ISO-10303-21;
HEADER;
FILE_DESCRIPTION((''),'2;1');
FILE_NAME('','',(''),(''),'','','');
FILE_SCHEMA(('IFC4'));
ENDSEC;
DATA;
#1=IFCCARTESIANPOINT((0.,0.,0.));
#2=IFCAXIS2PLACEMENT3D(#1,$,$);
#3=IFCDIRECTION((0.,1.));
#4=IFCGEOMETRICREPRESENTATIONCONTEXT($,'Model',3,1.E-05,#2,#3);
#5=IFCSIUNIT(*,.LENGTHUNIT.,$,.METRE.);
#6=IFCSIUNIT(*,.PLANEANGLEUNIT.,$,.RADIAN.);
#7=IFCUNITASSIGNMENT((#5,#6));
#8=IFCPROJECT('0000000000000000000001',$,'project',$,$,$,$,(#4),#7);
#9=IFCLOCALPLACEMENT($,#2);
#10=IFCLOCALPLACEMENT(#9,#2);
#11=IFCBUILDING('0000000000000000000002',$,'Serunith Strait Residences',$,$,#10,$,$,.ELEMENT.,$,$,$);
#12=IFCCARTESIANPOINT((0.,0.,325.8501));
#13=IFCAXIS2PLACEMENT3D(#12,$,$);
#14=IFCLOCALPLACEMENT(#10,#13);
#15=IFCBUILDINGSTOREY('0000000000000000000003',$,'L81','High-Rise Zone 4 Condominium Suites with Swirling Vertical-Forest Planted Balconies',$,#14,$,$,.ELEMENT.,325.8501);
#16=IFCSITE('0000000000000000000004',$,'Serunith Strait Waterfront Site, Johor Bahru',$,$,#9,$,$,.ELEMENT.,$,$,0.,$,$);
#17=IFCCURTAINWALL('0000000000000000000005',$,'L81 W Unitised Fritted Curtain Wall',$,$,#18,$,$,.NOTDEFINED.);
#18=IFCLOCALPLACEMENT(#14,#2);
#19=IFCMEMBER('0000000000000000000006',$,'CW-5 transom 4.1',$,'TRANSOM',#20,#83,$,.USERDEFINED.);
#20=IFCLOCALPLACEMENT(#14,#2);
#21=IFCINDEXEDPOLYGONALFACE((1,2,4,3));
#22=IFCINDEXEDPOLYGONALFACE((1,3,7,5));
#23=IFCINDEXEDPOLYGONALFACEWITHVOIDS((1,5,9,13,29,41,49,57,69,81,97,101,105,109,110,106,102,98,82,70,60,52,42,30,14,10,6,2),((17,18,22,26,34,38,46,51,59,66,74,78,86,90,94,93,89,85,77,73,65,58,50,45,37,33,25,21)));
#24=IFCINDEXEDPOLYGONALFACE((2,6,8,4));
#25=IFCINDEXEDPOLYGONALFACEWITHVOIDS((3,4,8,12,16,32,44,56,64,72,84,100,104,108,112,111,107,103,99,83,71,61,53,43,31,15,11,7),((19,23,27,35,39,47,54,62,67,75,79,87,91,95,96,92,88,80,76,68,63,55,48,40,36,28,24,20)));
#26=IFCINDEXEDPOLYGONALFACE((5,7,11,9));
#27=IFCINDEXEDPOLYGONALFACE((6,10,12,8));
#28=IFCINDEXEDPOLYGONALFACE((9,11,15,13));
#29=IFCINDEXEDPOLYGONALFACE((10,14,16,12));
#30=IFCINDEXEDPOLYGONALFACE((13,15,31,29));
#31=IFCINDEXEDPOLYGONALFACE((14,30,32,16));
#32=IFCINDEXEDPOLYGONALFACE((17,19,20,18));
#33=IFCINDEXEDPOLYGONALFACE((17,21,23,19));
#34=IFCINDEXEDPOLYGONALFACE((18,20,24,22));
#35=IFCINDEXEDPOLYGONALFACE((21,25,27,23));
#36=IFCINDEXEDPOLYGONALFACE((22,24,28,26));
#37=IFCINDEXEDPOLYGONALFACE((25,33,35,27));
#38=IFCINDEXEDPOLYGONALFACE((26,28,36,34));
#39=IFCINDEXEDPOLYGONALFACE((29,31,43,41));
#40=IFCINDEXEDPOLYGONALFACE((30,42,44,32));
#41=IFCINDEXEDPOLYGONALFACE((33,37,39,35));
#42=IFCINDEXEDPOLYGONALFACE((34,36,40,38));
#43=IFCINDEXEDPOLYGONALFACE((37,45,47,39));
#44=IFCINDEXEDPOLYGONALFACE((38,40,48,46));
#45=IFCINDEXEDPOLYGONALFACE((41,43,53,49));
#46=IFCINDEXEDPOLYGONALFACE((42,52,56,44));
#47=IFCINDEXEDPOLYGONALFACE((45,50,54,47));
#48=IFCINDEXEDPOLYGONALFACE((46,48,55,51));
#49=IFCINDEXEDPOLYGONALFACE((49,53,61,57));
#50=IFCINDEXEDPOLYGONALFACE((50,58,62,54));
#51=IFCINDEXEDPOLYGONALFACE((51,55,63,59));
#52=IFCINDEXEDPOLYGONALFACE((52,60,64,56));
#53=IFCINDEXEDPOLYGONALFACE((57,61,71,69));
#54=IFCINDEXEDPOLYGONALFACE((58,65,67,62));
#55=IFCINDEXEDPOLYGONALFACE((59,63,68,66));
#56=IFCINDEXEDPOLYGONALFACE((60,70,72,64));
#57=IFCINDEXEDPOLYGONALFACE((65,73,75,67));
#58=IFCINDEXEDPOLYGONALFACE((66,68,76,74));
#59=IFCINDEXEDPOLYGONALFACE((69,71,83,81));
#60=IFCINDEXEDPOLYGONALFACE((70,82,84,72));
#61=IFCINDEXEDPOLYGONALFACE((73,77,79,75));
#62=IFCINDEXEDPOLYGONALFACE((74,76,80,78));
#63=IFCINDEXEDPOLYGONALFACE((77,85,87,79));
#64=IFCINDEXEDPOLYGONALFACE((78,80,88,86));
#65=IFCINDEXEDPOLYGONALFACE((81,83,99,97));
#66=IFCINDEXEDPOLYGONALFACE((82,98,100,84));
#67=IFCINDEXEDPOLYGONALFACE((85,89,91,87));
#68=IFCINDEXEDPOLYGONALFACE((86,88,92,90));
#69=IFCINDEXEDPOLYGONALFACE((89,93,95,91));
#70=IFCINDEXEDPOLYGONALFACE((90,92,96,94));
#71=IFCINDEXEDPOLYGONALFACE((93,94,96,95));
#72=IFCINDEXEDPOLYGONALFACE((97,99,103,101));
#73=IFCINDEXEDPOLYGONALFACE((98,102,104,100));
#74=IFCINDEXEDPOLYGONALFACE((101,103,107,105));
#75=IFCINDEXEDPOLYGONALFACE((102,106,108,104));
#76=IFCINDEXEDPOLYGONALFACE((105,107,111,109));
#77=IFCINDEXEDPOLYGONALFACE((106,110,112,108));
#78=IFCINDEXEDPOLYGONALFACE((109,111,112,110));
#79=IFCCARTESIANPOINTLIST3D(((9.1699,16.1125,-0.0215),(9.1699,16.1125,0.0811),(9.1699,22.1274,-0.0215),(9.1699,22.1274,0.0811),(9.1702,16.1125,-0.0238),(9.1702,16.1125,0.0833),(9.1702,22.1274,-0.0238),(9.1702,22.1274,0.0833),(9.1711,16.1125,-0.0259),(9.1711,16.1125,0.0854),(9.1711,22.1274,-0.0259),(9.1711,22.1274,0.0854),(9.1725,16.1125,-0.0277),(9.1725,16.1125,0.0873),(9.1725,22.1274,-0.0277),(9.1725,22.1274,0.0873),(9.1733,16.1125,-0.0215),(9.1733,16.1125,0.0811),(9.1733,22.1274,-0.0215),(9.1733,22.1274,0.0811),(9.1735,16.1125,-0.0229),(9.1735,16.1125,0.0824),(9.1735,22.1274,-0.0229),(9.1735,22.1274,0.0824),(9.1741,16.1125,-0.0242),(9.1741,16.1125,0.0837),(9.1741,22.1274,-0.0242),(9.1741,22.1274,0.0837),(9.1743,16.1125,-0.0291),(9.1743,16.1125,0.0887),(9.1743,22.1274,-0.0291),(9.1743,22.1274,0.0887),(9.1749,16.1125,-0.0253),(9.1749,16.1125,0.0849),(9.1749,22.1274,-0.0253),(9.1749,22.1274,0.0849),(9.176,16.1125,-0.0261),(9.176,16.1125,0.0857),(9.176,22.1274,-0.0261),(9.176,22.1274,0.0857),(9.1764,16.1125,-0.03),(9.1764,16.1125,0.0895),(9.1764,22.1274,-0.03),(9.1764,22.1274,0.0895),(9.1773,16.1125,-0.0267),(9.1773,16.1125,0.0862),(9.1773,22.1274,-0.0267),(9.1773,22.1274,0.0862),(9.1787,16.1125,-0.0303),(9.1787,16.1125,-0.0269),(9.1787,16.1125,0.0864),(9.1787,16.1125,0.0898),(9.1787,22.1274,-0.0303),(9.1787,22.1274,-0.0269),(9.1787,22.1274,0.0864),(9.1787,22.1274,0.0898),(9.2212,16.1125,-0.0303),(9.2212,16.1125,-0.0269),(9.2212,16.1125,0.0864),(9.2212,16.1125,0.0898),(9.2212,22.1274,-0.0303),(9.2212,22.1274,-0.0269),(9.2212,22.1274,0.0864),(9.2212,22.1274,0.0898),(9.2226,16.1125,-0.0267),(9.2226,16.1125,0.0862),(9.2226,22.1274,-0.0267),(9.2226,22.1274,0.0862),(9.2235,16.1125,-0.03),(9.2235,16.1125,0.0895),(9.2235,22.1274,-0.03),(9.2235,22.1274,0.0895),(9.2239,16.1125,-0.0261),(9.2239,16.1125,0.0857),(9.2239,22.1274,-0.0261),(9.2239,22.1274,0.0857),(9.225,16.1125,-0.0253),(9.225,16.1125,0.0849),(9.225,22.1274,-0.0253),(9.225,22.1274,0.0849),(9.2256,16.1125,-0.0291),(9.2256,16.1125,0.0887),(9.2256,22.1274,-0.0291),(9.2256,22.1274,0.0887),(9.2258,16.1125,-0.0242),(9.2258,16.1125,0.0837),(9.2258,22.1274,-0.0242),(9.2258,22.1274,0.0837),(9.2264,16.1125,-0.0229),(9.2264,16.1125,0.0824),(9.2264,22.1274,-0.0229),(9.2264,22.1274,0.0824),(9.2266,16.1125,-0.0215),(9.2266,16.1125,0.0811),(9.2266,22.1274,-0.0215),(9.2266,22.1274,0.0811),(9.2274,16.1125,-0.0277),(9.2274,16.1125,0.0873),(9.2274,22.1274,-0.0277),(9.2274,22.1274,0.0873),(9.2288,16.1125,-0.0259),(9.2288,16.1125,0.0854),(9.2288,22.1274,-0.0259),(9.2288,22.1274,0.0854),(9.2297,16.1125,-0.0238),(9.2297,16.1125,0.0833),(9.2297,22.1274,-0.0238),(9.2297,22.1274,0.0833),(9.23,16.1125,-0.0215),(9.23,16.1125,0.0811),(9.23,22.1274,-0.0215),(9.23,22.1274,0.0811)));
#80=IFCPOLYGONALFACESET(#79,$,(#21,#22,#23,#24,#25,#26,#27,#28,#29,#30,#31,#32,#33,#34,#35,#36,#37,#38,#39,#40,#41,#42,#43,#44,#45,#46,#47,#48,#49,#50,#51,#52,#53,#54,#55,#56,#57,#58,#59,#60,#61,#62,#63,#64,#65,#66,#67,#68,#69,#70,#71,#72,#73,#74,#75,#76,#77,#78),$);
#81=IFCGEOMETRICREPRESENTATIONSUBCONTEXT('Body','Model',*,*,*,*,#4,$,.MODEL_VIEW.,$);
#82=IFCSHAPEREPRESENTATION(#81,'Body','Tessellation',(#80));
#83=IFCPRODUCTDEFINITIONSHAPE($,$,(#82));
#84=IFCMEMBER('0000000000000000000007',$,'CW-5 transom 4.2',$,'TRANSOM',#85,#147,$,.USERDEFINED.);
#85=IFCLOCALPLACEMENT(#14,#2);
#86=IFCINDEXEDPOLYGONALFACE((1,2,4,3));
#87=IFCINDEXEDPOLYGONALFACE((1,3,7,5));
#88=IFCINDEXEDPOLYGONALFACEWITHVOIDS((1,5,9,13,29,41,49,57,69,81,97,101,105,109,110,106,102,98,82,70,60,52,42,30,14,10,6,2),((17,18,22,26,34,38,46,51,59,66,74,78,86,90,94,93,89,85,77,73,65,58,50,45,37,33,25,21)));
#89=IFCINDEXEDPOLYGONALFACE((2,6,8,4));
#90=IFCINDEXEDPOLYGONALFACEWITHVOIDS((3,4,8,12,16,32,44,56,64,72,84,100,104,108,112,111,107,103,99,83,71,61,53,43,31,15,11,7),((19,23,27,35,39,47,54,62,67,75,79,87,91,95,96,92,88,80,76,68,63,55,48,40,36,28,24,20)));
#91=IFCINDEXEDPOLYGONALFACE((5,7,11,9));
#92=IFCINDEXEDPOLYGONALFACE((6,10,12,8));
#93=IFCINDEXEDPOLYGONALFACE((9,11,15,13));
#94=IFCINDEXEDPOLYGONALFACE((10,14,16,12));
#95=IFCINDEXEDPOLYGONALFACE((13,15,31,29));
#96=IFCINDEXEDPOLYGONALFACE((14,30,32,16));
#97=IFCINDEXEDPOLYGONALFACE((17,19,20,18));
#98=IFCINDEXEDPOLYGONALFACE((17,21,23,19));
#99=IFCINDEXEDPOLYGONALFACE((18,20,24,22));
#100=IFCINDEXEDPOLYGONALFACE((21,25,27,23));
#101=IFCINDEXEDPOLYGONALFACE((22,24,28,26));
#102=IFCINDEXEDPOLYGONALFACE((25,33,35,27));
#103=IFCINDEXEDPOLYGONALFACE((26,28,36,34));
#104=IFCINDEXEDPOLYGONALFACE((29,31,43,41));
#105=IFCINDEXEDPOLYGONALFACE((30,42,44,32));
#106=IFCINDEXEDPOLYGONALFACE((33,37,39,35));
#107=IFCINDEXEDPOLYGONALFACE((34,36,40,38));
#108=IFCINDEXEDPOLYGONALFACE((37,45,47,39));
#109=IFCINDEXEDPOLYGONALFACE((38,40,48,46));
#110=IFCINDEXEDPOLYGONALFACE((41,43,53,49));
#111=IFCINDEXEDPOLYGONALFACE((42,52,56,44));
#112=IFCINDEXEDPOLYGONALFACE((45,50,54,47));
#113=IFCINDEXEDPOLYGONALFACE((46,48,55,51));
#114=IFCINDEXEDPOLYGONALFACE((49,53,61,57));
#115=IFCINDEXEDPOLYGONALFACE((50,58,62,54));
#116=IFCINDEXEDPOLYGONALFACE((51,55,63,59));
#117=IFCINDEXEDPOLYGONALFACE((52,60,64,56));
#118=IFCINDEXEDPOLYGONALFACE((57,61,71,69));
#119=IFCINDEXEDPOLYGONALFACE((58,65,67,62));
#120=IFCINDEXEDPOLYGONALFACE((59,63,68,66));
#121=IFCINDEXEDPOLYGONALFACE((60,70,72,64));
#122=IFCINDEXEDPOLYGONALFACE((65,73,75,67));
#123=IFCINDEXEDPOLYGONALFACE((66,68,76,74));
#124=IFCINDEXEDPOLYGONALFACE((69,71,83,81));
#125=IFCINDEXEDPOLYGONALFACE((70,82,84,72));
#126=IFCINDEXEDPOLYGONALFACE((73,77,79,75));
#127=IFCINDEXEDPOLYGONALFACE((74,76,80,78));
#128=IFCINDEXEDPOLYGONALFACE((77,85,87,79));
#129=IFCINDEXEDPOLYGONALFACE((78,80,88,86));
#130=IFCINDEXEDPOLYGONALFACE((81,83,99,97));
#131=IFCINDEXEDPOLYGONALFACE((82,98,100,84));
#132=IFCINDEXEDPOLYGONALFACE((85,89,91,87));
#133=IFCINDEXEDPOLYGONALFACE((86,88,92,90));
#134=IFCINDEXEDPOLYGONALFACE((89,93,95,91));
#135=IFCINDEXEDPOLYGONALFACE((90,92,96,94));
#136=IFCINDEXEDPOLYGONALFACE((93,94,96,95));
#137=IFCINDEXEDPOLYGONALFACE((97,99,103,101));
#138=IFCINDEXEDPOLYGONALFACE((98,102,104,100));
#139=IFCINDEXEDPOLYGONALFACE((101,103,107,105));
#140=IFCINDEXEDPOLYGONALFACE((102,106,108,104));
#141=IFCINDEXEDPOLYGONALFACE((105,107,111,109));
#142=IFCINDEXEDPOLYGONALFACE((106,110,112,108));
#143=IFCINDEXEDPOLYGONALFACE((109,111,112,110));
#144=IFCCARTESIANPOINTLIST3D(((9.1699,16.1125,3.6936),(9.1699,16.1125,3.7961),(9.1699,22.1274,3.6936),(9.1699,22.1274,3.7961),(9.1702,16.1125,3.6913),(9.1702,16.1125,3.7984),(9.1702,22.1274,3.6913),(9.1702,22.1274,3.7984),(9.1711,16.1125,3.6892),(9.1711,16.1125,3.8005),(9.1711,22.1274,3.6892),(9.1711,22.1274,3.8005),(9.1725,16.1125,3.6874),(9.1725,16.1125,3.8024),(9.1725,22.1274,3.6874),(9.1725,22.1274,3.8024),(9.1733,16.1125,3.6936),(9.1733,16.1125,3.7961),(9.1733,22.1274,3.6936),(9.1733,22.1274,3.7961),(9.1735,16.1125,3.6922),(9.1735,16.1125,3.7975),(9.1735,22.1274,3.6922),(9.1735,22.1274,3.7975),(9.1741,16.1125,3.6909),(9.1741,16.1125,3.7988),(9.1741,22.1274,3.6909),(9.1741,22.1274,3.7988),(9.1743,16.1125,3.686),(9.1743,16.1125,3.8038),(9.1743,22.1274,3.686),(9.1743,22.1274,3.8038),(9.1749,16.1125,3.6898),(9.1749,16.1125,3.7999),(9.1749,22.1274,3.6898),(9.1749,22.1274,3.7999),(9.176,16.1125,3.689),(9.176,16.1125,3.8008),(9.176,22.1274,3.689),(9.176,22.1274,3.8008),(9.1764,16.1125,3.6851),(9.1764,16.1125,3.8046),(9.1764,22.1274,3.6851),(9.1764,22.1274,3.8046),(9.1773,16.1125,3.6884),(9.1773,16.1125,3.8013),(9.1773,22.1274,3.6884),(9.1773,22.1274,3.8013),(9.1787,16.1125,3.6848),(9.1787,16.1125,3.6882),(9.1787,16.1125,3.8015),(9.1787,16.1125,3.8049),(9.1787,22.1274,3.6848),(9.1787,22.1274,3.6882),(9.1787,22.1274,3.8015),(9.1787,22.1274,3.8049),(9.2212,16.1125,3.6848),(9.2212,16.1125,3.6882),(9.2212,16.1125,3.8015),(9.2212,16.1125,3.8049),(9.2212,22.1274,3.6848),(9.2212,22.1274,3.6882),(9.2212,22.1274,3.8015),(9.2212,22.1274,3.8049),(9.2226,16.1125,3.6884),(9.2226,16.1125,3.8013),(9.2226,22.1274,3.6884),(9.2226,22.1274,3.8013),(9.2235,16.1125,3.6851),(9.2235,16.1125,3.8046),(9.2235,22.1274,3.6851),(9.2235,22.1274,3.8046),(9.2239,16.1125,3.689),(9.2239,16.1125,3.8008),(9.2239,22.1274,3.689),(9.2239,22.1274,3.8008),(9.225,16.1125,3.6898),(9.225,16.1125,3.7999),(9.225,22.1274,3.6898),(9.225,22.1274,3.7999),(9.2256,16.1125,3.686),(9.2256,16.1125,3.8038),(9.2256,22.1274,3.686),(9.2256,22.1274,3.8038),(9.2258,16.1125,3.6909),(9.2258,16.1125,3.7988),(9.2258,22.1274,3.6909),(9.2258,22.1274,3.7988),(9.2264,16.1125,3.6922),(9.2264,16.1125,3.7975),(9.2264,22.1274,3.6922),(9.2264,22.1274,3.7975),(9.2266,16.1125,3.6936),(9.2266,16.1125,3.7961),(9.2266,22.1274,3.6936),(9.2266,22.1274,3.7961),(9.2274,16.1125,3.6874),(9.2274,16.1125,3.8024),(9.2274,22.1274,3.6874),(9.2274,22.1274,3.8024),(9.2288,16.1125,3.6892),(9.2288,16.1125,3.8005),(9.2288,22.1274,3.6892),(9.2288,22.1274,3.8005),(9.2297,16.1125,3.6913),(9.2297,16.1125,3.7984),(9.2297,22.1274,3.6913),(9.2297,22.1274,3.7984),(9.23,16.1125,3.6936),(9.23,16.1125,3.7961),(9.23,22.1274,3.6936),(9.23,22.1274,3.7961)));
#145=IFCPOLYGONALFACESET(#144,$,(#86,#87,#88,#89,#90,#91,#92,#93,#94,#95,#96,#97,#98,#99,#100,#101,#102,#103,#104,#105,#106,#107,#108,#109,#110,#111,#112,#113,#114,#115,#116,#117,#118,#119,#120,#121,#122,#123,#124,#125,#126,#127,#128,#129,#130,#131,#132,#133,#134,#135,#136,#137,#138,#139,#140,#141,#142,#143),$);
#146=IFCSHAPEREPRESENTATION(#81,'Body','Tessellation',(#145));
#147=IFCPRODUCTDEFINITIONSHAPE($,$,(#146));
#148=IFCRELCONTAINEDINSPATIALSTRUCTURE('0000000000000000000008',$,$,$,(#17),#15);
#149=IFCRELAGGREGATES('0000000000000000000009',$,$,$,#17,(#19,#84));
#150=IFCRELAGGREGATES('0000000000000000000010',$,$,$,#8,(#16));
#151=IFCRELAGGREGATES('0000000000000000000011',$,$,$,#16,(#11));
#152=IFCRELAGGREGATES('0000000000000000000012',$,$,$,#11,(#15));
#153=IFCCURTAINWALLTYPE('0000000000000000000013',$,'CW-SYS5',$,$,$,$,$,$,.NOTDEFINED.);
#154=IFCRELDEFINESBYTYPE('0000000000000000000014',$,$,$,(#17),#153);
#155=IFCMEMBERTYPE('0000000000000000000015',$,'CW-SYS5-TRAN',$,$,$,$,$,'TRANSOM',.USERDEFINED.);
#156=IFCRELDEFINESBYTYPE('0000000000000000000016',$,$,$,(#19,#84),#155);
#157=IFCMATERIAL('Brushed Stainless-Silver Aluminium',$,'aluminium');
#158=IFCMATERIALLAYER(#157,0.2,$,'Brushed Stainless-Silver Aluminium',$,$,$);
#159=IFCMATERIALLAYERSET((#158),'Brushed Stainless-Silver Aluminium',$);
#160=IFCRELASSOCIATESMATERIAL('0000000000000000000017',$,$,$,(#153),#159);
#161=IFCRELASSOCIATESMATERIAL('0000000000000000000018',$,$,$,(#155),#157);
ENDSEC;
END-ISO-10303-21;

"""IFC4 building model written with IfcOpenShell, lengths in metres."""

from ifc_helpers import new_model, si_unit, direction, frame, origin, origin_2d, place, context, subcontext, project, spatial, hollow_rectangle, extrude, source, transform, mapped, material, layer, layer_set, material_profile, profile_set, type_object, element, aggregate, save


model = new_model("IFC4")

# Units and contexts
model_context = context("Model", 3, precision=1e-05, world=origin(), true_north=direction((0.0, 1.0)))
body_context = subcontext(model_context, "Body", "Model", "MODEL_VIEW")
ifc_project = project(units=[si_unit("LENGTHUNIT", "METRE"), si_unit("PLANEANGLEUNIT", "RADIAN")], contexts=[model_context])

# Site, building, storey
site_placement = place(None, origin())
site = spatial("IfcSite", under=ifc_project, at=site_placement, Name="Serunith Strait Waterfront Site, Johor Bahru", CompositionType="ELEMENT", RefElevation=0.0)
building_placement = place(site_placement, origin())
building = spatial("IfcBuilding", under=site, at=building_placement, Name="Serunith Strait Residences", CompositionType="ELEMENT")
storey_placement = place(building_placement, frame((0.0, 0.0, 325.8501)))
storey = spatial("IfcBuildingStorey", under=building, at=storey_placement, Name="L81", Description="High-Rise Zone 4 Condominium Suites with Swirling Vertical-Forest Planted Balconies", CompositionType="ELEMENT", Elevation=325.8501)

# Curtain wall, members
ifc_material_1 = material(Name="Brushed Stainless-Silver Aluminium", Category="aluminium")
ifc_layer_1 = layer(ifc_material_1, 0.2, Name="Brushed Stainless-Silver Aluminium")
ifc_layer_set_1 = layer_set([ifc_layer_1], Name="Brushed Stainless-Silver Aluminium")
curtain_wall_type = type_object("IfcCurtainWallType", Name="CW-SYS5", PredefinedType="NOTDEFINED", material=ifc_layer_set_1)
curtain_wall_placement = place(storey_placement, origin())
curtain_wall = element("IfcCurtainWall", 1, at=curtain_wall_placement, inside=storey, type_object=curtain_wall_type, Name="L81 W Unitised Fritted Curtain Wall", PredefinedType="NOTDEFINED")
ifc_material_profile_1 = material_profile(ifc_material_1, hollow_rectangle(XDim=0.0601, YDim=0.1201, WallThickness=0.0034, InnerFilletRadius=0.0054, OuterFilletRadius=0.0088, at=origin_2d()), Name="ALU 120x60x3.5")
ifc_profile_set_1 = profile_set([ifc_material_profile_1], Name="Brushed Stainless-Silver Aluminium")
member_type_1 = type_object("IfcMemberType", Name="CW-SYS5-TRAN", ElementType="TRANSOM", PredefinedType="USERDEFINED", material=ifc_profile_set_1)
shared_shape_1 = source(origin(), body_context, "Body", "SweptSolid", [
    extrude(hollow_rectangle(XDim=0.0601, YDim=0.1201, WallThickness=0.0034, InnerFilletRadius=0.0054, OuterFilletRadius=0.0088, at=origin_2d()), origin(), (0.0, 0.0, 1.0), 6.0149),
])
member_1_placement = place(storey_placement, frame((9.2, 22.1274, 0.0298), z_axis=(0.0, -1.0, 0.0), x_axis=(1.0, 0.0, 0.0)))
member_1 = element("IfcMember", 2, at=member_1_placement, type_object=member_type_1, Name="CW-5 transom 4.1", ObjectType="TRANSOM", PredefinedType="USERDEFINED", context=body_context, shape_type="MappedRepresentation", body=[
    mapped(shared_shape_1, transform((0.0, 0.0, 0.0), scale=1.0)),
])
member_2_placement = place(storey_placement, frame((9.2, 22.1274, 3.7449), z_axis=(0.0, -1.0, 0.0), x_axis=(1.0, 0.0, 0.0)))
member_2 = element("IfcMember", 3, at=member_2_placement, type_object=member_type_1, Name="CW-5 transom 4.2", ObjectType="TRANSOM", PredefinedType="USERDEFINED", context=body_context, shape_type="MappedRepresentation", body=[
    mapped(shared_shape_1, transform((0.0, 0.0, 0.0), scale=1.0)),
])
aggregate(curtain_wall, [member_1, member_2])

save(model, "model.ifc")
